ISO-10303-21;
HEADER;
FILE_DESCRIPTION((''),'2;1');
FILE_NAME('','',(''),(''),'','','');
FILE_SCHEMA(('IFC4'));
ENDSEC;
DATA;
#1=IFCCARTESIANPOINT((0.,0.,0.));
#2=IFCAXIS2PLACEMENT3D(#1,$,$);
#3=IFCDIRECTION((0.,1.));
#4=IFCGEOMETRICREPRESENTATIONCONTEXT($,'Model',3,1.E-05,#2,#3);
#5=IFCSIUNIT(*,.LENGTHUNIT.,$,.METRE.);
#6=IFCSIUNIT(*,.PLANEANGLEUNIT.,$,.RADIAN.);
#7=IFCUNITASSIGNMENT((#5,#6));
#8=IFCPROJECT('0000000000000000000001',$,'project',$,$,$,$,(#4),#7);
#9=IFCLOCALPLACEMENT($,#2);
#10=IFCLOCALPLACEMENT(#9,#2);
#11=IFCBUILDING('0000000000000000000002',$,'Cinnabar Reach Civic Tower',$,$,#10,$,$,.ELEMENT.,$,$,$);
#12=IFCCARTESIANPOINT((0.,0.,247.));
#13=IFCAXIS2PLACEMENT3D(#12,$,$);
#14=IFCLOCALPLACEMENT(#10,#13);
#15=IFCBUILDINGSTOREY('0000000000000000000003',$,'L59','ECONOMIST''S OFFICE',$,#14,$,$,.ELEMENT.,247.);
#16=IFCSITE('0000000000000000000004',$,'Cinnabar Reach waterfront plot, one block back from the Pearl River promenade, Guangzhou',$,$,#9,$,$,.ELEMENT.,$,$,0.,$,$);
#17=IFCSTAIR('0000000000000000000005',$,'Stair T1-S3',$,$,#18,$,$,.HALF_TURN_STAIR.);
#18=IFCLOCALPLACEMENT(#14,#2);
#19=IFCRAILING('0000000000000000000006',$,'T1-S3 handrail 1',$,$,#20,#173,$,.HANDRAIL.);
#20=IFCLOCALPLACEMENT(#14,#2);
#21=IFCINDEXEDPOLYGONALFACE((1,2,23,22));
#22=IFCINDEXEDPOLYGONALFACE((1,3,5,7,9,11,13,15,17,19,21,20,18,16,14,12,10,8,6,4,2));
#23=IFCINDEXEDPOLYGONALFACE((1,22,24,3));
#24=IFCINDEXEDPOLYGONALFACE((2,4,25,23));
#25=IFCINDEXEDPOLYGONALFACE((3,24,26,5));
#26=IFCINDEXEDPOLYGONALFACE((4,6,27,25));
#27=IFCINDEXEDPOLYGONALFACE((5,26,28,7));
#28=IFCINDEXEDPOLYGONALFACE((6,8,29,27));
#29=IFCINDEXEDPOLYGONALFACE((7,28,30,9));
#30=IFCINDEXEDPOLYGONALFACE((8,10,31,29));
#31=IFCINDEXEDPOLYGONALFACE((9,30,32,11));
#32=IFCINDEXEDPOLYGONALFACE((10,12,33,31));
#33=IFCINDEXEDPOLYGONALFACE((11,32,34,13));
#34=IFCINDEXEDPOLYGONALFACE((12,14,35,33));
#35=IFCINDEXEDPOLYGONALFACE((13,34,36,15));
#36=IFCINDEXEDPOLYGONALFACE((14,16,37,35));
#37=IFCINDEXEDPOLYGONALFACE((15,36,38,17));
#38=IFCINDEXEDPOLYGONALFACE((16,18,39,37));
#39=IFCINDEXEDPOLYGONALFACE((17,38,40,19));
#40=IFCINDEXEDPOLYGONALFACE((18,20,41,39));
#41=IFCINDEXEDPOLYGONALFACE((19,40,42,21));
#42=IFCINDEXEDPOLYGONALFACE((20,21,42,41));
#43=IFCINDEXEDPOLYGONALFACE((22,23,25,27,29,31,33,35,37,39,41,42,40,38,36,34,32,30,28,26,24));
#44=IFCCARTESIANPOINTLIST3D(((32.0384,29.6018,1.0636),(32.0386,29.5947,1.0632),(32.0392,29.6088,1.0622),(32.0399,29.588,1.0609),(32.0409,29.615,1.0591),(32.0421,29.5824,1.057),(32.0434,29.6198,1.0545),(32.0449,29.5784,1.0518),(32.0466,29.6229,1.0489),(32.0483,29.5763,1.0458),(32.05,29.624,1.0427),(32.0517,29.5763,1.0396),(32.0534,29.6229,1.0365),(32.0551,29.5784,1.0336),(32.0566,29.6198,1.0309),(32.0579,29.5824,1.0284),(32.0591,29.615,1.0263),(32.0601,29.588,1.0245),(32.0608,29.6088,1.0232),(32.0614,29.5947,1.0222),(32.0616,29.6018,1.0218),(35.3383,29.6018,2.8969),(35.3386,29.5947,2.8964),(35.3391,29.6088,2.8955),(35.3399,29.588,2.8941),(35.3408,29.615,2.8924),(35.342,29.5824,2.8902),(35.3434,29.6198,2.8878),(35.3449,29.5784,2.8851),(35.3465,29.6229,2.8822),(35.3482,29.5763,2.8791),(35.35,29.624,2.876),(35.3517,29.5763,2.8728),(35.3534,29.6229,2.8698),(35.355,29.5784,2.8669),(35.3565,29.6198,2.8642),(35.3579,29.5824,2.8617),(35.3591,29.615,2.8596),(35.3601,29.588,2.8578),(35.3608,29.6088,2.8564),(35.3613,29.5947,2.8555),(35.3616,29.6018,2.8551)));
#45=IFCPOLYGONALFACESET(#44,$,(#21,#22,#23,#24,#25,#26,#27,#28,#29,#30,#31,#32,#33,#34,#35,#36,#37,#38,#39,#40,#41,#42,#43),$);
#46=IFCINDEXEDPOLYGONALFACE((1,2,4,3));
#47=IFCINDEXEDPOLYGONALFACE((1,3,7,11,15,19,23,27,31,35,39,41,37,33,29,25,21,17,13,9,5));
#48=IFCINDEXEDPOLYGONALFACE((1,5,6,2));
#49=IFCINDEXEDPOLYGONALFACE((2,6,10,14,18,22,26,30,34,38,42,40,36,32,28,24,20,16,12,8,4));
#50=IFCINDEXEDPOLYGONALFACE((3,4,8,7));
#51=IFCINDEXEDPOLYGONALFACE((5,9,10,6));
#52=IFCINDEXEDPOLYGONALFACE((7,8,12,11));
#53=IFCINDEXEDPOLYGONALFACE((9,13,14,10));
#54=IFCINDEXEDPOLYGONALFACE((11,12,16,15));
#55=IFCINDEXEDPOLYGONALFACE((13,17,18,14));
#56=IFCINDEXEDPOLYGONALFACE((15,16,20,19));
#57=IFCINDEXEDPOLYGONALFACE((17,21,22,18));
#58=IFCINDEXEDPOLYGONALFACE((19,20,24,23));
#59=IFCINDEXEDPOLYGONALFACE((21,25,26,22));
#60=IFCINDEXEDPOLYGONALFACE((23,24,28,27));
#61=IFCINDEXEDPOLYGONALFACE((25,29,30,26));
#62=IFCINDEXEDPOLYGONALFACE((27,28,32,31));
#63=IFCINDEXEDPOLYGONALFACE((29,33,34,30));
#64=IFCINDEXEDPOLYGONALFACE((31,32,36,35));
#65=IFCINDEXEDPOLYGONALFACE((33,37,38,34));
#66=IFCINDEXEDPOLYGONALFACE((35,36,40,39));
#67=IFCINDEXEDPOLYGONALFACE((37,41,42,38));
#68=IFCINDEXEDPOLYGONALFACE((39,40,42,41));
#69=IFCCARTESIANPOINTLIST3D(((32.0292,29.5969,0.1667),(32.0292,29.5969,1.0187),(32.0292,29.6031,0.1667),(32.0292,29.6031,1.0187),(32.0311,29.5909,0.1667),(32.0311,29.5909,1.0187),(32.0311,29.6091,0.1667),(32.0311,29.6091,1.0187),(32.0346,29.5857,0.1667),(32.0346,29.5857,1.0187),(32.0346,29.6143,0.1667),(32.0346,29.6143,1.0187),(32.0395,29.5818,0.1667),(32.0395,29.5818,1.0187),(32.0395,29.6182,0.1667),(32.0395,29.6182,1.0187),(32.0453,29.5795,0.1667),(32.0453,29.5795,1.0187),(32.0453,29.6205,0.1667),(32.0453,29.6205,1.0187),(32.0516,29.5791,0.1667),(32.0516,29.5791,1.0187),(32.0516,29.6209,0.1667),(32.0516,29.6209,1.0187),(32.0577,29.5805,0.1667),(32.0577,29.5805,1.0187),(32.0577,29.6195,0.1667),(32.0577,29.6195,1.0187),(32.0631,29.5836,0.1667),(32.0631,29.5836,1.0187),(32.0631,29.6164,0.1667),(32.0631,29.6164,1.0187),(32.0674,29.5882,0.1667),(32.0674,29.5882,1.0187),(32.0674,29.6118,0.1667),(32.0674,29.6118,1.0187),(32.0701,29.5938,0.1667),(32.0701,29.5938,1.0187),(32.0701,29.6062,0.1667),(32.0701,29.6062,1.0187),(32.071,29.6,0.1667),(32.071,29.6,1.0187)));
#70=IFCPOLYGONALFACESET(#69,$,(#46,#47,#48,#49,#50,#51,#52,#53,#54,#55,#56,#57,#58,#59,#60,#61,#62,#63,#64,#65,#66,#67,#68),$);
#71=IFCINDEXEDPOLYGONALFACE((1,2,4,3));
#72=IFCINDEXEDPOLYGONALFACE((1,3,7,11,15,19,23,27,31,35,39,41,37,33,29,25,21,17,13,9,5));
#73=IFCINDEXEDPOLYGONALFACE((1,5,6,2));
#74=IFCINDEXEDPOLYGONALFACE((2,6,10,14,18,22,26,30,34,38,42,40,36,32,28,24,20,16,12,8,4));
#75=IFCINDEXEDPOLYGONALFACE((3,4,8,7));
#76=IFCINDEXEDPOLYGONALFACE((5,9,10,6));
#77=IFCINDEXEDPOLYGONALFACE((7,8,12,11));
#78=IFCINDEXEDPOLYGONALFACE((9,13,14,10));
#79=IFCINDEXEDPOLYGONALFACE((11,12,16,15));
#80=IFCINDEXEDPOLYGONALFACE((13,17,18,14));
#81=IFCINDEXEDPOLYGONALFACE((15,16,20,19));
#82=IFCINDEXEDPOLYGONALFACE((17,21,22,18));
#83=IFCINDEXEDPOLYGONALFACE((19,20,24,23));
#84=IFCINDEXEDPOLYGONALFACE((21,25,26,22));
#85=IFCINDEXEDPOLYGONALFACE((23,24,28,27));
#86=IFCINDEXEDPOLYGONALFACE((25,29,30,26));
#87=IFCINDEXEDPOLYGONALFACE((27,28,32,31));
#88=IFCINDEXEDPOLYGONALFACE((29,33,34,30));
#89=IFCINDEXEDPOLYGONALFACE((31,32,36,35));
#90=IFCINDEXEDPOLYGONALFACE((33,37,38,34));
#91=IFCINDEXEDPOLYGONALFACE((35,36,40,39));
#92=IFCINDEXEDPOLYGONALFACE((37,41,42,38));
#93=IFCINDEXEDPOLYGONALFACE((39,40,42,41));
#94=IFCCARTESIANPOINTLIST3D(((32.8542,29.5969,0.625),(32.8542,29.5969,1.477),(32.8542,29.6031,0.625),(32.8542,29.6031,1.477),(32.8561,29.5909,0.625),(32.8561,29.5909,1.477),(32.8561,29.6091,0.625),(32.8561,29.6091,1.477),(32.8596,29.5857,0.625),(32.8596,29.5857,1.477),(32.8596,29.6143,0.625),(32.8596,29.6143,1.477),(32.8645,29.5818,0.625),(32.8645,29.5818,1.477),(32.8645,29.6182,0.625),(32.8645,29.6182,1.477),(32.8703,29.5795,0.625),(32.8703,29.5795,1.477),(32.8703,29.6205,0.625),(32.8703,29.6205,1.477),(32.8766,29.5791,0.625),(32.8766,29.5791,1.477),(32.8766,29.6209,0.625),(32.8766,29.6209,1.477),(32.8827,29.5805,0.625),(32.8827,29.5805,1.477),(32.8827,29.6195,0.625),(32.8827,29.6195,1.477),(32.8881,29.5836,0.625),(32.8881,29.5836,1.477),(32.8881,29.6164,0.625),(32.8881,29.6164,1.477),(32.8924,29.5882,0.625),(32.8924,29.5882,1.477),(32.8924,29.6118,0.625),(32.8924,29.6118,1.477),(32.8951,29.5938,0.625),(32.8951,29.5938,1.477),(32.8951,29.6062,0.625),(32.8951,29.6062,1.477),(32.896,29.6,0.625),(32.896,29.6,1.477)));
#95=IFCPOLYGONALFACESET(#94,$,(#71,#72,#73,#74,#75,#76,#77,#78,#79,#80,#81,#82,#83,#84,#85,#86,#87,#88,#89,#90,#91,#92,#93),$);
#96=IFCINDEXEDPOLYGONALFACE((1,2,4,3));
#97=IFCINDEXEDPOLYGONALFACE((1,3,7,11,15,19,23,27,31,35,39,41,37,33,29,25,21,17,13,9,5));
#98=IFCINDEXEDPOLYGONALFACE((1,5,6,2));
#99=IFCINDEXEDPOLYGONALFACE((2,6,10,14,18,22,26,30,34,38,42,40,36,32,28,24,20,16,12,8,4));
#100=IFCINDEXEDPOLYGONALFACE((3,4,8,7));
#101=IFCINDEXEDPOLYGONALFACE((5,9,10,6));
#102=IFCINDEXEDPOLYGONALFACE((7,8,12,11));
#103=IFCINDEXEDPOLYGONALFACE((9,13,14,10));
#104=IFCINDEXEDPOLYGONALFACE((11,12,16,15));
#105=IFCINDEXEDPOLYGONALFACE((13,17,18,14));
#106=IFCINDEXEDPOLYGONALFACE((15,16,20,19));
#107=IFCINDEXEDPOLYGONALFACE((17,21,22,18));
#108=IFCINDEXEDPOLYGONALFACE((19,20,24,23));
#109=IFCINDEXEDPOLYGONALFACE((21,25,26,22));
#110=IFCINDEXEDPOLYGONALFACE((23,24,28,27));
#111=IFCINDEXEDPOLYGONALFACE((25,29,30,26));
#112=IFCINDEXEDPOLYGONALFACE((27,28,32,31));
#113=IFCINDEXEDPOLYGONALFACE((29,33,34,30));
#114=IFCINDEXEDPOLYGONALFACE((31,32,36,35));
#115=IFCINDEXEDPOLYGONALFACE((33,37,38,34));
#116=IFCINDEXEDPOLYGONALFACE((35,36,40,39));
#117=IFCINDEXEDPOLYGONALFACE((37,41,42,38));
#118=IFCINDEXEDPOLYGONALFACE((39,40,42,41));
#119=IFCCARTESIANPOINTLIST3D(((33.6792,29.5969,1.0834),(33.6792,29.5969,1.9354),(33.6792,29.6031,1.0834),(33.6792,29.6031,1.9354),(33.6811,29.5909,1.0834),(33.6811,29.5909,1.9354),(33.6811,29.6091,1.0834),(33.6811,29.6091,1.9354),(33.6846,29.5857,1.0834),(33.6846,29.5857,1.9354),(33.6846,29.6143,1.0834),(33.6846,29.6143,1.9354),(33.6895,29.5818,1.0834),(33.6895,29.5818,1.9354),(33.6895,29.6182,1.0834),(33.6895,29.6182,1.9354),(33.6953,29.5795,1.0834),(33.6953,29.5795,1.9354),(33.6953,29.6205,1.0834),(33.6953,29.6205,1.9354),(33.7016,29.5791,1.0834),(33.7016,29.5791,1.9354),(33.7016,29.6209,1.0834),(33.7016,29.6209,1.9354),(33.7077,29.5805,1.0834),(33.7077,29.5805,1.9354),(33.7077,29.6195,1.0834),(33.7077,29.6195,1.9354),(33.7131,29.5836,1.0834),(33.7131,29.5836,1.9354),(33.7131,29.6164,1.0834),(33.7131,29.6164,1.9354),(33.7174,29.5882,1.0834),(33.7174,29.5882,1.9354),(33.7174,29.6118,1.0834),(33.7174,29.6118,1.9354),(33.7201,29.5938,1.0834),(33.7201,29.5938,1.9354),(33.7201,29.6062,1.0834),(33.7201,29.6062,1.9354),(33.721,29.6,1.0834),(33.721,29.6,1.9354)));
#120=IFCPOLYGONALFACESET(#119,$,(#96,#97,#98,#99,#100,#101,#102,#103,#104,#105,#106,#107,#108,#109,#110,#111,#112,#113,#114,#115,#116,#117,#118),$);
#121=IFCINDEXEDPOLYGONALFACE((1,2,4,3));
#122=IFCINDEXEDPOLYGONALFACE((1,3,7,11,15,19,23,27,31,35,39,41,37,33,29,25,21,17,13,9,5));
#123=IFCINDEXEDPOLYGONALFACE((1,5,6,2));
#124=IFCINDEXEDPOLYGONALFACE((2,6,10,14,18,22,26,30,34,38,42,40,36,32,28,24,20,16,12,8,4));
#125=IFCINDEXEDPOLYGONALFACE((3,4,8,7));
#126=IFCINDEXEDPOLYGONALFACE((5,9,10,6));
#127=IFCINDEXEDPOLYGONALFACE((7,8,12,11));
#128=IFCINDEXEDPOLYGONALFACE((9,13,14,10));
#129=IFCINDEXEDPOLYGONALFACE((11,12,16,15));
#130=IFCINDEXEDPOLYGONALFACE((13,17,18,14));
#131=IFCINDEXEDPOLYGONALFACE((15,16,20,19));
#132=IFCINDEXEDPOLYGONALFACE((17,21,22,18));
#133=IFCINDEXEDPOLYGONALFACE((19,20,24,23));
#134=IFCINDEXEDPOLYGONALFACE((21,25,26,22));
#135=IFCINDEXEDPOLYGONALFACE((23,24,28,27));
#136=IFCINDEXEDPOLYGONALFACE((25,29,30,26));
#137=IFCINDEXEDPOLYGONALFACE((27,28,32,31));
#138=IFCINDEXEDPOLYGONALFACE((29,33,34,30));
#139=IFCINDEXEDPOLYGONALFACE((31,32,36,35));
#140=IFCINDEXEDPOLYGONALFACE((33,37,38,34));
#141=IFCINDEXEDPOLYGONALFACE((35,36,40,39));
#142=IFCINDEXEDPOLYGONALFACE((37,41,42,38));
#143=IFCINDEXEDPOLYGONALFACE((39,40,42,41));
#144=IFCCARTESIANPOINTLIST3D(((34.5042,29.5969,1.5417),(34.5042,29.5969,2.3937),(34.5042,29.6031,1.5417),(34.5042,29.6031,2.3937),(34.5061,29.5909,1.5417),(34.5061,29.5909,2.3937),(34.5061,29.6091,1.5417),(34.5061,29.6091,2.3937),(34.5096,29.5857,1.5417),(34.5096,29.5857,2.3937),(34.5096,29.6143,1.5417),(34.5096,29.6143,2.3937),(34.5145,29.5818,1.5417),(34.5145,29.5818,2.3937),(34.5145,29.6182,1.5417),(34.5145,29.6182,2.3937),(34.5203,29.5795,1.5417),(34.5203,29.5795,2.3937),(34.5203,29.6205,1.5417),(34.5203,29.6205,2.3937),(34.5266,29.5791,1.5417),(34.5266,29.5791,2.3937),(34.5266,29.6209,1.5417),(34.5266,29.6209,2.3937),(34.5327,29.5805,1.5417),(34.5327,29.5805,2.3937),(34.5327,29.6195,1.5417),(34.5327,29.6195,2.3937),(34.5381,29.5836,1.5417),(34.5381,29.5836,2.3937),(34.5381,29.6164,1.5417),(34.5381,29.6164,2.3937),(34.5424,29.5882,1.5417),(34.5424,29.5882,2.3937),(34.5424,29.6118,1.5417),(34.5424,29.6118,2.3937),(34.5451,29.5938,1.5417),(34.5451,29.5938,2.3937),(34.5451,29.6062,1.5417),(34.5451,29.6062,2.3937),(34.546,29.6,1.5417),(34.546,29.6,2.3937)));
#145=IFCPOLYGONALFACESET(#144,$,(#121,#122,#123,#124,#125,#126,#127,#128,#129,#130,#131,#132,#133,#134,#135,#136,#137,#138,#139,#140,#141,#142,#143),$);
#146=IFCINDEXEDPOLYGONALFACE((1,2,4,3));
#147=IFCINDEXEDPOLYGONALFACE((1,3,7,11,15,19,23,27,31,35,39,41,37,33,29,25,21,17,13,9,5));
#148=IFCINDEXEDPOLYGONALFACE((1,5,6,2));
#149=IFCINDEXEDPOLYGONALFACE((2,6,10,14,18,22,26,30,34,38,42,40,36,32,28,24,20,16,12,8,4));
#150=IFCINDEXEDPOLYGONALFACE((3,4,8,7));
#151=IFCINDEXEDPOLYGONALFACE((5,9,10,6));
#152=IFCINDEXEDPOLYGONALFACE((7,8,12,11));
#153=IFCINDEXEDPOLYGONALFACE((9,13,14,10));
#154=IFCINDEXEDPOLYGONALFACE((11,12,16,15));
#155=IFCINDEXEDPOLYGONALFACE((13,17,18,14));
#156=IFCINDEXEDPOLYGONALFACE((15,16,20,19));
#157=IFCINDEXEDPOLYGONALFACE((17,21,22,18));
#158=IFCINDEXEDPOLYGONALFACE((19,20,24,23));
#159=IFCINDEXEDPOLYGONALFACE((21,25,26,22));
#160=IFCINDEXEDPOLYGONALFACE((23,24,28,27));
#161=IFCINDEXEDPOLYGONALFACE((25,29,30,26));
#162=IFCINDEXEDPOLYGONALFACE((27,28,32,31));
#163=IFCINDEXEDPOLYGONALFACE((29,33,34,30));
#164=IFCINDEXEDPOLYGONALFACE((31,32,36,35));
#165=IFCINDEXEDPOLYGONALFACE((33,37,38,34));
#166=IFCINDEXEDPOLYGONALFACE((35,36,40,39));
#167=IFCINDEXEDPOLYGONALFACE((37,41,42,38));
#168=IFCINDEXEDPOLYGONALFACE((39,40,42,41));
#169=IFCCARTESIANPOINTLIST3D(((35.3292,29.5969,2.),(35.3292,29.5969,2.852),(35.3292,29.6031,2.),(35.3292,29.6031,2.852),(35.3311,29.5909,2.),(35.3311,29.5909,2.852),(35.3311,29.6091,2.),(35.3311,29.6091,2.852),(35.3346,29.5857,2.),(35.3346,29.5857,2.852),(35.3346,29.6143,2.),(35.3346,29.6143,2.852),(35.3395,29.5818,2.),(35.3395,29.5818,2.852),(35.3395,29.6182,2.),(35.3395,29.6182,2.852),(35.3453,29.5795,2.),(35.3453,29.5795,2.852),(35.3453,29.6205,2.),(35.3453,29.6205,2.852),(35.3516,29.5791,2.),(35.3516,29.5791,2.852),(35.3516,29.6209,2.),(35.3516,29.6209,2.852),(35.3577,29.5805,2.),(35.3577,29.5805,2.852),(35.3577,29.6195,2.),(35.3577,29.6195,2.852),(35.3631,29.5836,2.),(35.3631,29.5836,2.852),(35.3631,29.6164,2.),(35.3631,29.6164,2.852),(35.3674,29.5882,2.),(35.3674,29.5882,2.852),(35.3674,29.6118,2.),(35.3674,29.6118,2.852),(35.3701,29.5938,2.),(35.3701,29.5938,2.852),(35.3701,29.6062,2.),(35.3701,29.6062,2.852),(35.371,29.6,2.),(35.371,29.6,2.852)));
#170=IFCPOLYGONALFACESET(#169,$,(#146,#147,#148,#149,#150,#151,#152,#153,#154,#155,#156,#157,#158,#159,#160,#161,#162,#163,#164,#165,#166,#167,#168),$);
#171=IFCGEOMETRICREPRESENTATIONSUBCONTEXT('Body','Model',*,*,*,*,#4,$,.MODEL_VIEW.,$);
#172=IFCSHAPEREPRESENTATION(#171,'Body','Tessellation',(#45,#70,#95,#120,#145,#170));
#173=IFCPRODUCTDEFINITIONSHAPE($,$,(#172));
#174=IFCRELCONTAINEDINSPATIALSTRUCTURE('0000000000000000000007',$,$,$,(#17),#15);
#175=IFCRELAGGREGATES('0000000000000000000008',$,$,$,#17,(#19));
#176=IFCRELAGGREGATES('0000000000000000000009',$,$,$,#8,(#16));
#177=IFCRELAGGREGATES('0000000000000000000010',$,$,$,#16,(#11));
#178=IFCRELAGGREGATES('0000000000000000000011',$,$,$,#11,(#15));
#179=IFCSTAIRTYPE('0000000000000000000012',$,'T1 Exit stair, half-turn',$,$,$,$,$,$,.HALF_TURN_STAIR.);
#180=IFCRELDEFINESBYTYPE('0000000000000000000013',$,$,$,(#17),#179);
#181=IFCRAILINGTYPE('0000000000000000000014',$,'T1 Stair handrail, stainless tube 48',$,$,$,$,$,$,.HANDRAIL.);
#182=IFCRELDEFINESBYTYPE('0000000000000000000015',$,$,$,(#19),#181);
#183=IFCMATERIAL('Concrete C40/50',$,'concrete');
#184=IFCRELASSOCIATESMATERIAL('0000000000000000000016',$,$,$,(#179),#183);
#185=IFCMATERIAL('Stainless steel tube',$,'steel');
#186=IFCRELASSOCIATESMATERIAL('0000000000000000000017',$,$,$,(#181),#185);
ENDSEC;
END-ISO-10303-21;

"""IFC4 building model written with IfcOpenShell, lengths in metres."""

from ifc_helpers import new_model, si_unit, direction, frame, origin, origin_2d, place, context, subcontext, project, spatial, circle, extrude, material, type_object, element, aggregate, save


model = new_model("IFC4")

# Units and contexts
model_context = context("Model", 3, precision=1e-05, world=origin(), true_north=direction((0.0, 1.0)))
body_context = subcontext(model_context, "Body", "Model", "MODEL_VIEW")
ifc_project = project(units=[si_unit("LENGTHUNIT", "METRE"), si_unit("PLANEANGLEUNIT", "RADIAN")], contexts=[model_context])

# Site, building, storey
site_placement = place(None, origin())
site = spatial("IfcSite", under=ifc_project, at=site_placement, Name="Cinnabar Reach waterfront plot, one block back from the Pearl River promenade, Guangzhou", CompositionType="ELEMENT", RefElevation=0.0)
building_placement = place(site_placement, origin())
building = spatial("IfcBuilding", under=site, at=building_placement, Name="Cinnabar Reach Civic Tower", CompositionType="ELEMENT")
storey_placement = place(building_placement, frame((0.0, 0.0, 247.0)))
storey = spatial("IfcBuildingStorey", under=building, at=storey_placement, Name="L59", Description="ECONOMIST'S OFFICE", CompositionType="ELEMENT", Elevation=247.0)

# Stair, railing
ifc_material_1 = material(Name="Concrete C40/50", Category="concrete")
stair_type = type_object("IfcStairType", Name="T1 Exit stair, half-turn", PredefinedType="HALF_TURN_STAIR", material=ifc_material_1)
stair_placement = place(storey_placement, origin())
stair = element("IfcStair", 1, at=stair_placement, inside=storey, type_object=stair_type, Name="Stair T1-S3", PredefinedType="HALF_TURN_STAIR")
ifc_material_2 = material(Name="Stainless steel tube", Category="steel")
railing_type = type_object("IfcRailingType", Name="T1 Stair handrail, stainless tube 48", PredefinedType="HANDRAIL", material=ifc_material_2)
railing_1_placement = place(storey_placement, frame((32.05, 29.6, 0.1667)))
railing_1 = element("IfcRailing", 2, at=railing_1_placement, type_object=railing_type, Name="T1-S3 handrail 1", PredefinedType="HANDRAIL", context=body_context, shape_type="SweptSolid", body=[
    extrude(circle(Radius=0.024, at=origin_2d()), frame((0.0, 0.0, 0.876), z_axis=(0.874161, 0.0, 0.485636), x_axis=(0.0, 1.0, 0.0)), (0.0, 0.0, 1.0), 3.775),
    extrude(circle(Radius=0.021, at=origin_2d()), origin(), (0.0, 0.0, 1.0), 0.852),
    extrude(circle(Radius=0.021, at=origin_2d()), frame((0.825, 0.0, 0.4583)), (0.0, 0.0, 1.0), 0.852),
    extrude(circle(Radius=0.021, at=origin_2d()), frame((1.65, 0.0, 0.9167)), (0.0, 0.0, 1.0), 0.852),
    extrude(circle(Radius=0.021, at=origin_2d()), frame((2.475, 0.0, 1.375)), (0.0, 0.0, 1.0), 0.852),
    extrude(circle(Radius=0.021, at=origin_2d()), frame((3.3, 0.0, 1.8333)), (0.0, 0.0, 1.0), 0.852),
])
aggregate(stair, [railing_1])

save(model, "model.ifc")
